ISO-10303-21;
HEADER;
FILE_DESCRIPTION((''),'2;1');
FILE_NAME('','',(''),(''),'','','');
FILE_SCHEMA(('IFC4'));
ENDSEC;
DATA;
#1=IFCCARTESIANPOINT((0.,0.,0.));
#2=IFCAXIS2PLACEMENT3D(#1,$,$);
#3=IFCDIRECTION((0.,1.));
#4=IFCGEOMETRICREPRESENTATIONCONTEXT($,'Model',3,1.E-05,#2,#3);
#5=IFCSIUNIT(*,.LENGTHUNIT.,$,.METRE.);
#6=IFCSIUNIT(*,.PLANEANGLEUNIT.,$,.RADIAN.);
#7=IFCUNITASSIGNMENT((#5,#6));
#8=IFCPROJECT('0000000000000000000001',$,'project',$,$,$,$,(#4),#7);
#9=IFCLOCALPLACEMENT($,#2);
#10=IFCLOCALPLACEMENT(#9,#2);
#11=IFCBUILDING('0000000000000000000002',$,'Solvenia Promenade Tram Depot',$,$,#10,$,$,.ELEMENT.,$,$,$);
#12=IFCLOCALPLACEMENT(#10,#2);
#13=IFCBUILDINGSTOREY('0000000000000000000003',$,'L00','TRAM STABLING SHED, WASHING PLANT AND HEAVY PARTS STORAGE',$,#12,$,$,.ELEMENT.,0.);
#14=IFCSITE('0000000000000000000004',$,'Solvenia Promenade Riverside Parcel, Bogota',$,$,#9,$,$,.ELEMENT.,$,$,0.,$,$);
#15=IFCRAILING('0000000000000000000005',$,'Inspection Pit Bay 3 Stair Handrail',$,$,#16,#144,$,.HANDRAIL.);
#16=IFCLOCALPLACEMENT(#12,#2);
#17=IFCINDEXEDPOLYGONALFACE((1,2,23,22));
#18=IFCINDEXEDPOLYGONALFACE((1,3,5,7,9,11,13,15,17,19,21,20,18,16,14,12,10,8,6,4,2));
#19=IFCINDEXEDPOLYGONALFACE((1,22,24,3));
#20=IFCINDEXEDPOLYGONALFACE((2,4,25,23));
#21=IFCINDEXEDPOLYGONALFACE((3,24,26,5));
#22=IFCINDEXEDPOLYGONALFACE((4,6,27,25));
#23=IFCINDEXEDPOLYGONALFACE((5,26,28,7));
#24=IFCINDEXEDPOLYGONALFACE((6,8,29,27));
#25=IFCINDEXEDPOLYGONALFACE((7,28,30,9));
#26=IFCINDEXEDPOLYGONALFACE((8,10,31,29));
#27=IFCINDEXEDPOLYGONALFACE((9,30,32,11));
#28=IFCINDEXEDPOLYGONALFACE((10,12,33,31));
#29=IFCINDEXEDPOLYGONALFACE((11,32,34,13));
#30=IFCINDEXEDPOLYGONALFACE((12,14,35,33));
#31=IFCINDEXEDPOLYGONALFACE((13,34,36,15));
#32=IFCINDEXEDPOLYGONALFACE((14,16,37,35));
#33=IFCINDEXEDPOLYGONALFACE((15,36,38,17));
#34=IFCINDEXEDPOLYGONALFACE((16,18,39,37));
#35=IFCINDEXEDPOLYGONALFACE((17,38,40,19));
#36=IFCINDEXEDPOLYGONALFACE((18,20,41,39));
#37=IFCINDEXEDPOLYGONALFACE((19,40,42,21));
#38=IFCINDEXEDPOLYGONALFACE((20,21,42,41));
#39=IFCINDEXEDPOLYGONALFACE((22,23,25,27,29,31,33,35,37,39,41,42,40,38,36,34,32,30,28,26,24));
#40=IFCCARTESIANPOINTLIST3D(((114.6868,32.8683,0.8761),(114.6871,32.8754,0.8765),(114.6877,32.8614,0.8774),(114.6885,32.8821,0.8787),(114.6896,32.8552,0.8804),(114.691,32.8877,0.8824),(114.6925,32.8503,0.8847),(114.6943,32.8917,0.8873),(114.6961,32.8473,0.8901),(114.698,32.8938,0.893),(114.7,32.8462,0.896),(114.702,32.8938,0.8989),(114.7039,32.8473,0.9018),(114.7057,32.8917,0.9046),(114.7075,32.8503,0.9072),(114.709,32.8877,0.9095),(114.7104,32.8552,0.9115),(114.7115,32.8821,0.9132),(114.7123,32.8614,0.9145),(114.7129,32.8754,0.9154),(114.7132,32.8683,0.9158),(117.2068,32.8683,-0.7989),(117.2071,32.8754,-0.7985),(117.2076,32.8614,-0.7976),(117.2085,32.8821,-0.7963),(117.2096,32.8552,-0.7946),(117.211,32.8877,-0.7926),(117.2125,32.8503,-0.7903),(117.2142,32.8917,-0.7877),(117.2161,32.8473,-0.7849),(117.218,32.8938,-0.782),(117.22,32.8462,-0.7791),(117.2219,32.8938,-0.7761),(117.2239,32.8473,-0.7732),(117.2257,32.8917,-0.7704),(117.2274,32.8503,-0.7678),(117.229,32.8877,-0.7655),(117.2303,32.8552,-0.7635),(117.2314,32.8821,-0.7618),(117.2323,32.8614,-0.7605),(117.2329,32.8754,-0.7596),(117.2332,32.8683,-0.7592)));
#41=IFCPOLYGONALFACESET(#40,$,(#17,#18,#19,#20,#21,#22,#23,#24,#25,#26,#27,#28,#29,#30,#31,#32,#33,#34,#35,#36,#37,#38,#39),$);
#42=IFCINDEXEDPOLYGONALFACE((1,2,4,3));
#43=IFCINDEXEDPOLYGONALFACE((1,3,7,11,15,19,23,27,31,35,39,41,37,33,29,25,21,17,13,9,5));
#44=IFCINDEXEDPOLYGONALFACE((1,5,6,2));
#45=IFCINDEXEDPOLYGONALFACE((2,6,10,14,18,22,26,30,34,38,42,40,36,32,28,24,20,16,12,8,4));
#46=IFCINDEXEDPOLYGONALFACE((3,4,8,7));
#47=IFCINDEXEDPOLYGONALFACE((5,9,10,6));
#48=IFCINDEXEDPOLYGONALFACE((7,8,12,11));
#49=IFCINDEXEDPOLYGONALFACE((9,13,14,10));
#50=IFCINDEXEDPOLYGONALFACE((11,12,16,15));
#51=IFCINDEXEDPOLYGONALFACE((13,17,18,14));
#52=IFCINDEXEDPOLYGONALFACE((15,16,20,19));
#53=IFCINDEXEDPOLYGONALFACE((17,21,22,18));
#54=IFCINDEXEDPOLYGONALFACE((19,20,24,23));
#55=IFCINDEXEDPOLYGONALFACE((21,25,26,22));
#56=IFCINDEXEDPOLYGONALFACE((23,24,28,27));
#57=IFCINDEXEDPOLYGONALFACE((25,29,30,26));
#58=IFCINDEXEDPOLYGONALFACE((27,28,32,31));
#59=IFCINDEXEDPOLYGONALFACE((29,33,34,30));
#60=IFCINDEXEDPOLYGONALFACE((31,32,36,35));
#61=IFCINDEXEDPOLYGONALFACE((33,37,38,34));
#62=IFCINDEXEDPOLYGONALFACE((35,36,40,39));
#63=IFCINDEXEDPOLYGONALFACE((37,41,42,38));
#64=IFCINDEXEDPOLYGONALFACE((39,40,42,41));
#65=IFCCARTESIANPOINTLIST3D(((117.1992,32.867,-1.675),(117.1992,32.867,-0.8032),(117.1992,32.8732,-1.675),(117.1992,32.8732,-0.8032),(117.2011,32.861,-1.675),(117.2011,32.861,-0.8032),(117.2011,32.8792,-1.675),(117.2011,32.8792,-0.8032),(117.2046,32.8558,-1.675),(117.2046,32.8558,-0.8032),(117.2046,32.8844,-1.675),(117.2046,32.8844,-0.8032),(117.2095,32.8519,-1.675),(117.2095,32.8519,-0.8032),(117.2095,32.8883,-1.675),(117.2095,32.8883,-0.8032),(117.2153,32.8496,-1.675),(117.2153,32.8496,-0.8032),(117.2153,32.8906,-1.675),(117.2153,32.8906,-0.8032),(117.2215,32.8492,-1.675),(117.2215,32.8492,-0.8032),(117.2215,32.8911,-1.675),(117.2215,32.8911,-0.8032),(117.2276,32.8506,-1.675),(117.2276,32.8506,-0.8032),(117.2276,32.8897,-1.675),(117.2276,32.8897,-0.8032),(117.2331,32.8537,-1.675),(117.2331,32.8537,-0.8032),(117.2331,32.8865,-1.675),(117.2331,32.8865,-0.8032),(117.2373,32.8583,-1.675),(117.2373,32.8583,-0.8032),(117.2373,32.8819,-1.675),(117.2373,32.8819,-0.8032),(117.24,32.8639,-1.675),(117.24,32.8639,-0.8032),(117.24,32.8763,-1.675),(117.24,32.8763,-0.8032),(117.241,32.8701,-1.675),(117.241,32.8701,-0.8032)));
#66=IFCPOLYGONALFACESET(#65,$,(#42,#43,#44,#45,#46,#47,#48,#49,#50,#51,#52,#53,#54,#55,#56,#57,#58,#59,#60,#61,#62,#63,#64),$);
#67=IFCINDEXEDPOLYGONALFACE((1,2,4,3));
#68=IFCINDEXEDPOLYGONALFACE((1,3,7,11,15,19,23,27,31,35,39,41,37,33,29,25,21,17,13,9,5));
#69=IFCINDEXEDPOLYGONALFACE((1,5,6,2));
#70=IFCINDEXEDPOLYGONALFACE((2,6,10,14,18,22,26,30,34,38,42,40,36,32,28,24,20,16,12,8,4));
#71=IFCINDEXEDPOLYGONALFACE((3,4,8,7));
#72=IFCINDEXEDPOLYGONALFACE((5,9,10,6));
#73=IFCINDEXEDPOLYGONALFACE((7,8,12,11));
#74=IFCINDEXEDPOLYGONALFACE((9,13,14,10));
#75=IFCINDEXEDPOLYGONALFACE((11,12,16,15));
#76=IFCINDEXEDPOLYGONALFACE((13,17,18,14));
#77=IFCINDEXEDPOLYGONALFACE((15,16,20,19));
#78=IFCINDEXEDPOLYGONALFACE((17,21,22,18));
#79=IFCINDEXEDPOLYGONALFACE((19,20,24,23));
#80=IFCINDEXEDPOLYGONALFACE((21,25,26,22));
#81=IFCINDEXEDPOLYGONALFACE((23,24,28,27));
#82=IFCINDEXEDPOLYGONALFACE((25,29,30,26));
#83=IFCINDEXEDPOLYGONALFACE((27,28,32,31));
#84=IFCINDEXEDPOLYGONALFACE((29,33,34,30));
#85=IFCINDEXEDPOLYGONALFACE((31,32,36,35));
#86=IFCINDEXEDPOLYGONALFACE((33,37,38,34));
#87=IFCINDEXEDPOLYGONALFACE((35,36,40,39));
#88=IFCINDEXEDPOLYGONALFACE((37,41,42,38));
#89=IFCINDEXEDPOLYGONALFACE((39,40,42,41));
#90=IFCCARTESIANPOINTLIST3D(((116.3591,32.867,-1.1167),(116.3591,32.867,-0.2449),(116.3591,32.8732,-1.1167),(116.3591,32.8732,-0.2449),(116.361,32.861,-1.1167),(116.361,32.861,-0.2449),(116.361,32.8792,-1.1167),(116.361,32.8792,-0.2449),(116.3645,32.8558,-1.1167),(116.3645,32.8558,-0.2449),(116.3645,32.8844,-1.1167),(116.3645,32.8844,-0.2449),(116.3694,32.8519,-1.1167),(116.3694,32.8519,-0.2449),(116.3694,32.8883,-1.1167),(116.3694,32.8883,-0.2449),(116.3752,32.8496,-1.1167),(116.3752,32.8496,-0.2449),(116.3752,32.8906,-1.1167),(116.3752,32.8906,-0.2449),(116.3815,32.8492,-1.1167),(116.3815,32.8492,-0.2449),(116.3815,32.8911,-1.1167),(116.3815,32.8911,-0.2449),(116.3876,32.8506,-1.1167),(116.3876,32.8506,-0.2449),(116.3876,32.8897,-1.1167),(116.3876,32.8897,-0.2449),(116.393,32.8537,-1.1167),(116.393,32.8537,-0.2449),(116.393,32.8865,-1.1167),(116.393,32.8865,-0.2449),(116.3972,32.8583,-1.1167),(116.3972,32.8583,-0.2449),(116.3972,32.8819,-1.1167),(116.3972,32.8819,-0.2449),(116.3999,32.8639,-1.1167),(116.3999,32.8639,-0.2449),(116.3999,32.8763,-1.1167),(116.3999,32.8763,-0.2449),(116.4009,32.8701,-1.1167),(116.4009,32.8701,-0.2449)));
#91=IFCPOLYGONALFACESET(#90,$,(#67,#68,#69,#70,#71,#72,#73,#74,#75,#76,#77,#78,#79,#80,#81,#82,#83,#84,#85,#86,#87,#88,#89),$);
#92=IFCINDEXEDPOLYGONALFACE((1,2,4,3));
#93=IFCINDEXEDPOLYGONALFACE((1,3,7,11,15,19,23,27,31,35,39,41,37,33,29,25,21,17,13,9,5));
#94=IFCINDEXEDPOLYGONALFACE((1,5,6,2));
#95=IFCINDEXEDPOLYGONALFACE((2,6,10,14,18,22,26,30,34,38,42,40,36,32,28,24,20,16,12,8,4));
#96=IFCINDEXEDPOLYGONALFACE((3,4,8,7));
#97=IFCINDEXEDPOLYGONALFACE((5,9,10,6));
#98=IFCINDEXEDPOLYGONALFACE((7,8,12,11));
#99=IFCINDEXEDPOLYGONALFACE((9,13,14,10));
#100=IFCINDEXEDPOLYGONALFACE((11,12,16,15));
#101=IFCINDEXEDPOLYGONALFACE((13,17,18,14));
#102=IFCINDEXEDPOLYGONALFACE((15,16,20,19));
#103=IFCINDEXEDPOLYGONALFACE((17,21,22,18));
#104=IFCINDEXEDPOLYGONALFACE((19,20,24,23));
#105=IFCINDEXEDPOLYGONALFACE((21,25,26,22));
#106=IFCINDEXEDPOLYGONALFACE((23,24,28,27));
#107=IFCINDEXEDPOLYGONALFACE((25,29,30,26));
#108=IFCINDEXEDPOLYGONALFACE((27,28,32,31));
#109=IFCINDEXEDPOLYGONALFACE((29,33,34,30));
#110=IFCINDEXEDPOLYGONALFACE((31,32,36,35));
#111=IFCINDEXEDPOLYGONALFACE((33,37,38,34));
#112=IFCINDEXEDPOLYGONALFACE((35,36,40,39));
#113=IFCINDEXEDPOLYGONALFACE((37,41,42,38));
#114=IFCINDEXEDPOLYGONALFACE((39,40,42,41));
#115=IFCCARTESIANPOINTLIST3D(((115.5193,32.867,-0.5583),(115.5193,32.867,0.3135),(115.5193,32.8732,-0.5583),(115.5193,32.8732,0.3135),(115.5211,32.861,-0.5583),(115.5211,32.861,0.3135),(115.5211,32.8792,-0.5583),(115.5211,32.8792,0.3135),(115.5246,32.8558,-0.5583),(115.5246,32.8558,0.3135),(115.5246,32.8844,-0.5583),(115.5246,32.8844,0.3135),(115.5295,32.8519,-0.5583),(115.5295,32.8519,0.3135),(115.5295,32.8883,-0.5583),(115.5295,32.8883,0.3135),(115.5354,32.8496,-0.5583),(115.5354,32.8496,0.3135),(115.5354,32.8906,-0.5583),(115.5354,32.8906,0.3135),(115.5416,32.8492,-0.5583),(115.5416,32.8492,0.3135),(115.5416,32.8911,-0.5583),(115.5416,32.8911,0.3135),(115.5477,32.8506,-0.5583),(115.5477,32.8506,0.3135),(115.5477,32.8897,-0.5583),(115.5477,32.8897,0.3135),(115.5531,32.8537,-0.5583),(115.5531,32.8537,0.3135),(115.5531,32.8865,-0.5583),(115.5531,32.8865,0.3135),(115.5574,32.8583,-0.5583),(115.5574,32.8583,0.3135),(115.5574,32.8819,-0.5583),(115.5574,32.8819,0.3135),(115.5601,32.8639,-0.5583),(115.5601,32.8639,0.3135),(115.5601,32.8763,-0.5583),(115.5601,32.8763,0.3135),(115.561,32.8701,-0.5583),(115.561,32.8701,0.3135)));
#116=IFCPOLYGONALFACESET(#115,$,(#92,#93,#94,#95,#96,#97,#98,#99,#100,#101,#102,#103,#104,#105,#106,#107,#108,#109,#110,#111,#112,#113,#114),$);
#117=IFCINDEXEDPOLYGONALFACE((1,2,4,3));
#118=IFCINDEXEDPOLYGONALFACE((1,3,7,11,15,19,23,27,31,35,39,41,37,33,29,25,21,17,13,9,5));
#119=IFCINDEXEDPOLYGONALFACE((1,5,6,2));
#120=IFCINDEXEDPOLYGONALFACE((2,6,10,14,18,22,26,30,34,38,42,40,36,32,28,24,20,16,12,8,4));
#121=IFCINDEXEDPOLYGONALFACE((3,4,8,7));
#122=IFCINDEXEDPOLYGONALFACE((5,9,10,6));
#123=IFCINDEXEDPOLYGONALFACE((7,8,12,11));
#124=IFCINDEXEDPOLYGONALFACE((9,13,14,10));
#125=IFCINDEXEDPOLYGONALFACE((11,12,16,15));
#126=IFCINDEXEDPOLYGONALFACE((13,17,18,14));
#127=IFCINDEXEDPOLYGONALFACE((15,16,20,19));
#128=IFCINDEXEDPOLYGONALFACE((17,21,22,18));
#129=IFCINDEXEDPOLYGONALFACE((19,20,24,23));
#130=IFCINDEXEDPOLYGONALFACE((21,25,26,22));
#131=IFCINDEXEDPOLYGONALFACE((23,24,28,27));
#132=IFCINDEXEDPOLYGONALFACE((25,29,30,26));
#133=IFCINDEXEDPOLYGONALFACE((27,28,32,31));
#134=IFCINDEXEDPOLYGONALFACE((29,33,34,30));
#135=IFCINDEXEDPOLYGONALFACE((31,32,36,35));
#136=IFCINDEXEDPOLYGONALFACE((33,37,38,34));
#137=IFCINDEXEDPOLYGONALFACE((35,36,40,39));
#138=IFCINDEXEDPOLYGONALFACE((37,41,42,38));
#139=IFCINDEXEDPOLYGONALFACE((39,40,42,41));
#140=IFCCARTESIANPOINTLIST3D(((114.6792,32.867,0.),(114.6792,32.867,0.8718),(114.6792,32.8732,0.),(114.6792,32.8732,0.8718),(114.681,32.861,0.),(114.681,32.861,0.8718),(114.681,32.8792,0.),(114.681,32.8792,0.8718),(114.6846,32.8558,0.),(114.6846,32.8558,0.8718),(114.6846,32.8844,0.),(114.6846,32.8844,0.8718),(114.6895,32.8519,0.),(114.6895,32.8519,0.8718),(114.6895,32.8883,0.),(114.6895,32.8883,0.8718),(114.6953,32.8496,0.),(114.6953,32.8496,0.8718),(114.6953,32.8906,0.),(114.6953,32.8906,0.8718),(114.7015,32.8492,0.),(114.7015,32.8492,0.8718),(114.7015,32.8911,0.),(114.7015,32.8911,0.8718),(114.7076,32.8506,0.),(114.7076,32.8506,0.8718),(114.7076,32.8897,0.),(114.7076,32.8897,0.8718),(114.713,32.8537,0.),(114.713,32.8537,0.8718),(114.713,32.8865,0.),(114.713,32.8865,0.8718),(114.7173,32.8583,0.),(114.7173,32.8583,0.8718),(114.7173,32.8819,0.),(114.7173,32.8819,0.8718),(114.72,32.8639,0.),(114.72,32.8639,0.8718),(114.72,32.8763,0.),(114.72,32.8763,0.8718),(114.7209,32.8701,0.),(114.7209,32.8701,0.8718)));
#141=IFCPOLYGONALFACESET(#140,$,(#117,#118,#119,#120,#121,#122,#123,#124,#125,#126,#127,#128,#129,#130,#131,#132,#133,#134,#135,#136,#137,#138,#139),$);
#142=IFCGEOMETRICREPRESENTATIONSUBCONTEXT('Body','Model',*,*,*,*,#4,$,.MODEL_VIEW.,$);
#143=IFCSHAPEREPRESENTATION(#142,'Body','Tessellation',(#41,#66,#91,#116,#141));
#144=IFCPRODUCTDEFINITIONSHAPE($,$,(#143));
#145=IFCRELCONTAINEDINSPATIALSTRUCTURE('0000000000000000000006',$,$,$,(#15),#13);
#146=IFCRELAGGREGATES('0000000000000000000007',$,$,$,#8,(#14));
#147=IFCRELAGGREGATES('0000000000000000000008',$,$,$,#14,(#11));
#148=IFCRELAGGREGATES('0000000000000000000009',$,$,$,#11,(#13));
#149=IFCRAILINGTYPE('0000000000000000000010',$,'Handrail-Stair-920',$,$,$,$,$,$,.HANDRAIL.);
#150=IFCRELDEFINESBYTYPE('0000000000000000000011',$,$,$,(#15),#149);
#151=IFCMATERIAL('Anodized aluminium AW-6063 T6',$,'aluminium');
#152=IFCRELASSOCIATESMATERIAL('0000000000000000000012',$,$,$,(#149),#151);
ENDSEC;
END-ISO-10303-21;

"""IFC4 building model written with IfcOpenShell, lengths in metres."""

from ifc_helpers import new_model, si_unit, direction, frame, origin, origin_2d, place, context, subcontext, project, spatial, circle, extrude, material, type_object, element, save


model = new_model("IFC4")

# Units and contexts
model_context = context("Model", 3, precision=1e-05, world=origin(), true_north=direction((0.0, 1.0)))
body_context = subcontext(model_context, "Body", "Model", "MODEL_VIEW")
ifc_project = project(units=[si_unit("LENGTHUNIT", "METRE"), si_unit("PLANEANGLEUNIT", "RADIAN")], contexts=[model_context])

# Site, building, storey
site_placement = place(None, origin())
site = spatial("IfcSite", under=ifc_project, at=site_placement, Name="Solvenia Promenade Riverside Parcel, Bogota", CompositionType="ELEMENT", RefElevation=0.0)
building_placement = place(site_placement, origin())
building = spatial("IfcBuilding", under=site, at=building_placement, Name="Solvenia Promenade Tram Depot", CompositionType="ELEMENT")
storey_placement = place(building_placement, origin())
storey = spatial("IfcBuildingStorey", under=building, at=storey_placement, Name="L00", Description="TRAM STABLING SHED, WASHING PLANT AND HEAVY PARTS STORAGE", CompositionType="ELEMENT", Elevation=0.0)

# Railing
ifc_material_1 = material(Name="Anodized aluminium AW-6063 T6", Category="aluminium")
railing_type_1 = type_object("IfcRailingType", Name="Handrail-Stair-920", PredefinedType="HANDRAIL", material=ifc_material_1)
for number, where, name in (
    (1, (117.22, 32.8701, -1.675), "Inspection Pit Bay 3 Stair Handrail"),
):
    element("IfcRailing", number, at=place(storey_placement, frame(where)), inside=storey, type_object=railing_type_1, Name=name, PredefinedType="HANDRAIL", context=body_context, shape_type="SweptSolid", body=[
        extrude(circle(Radius=0.0239, at=origin_2d()), frame((0.0, 0.0, 0.896), z_axis=(-0.832807, 0.0, 0.553564), x_axis=(0.0, -1.0, 0.0)), (0.0, 0.0, 1.0), 3.0259),
        extrude(circle(Radius=0.021, at=origin_2d()), origin(), (0.0, 0.0, 1.0), 0.8718),
        extrude(circle(Radius=0.021, at=origin_2d()), frame((-0.8401, 0.0, 0.5583)), (0.0, 0.0, 1.0), 0.8718),
        extrude(circle(Radius=0.021, at=origin_2d()), frame((-1.6799, 0.0, 1.1167)), (0.0, 0.0, 1.0), 0.8718),
        extrude(circle(Radius=0.021, at=origin_2d()), frame((-2.52, 0.0, 1.675)), (0.0, 0.0, 1.0), 0.8718),
    ])

save(model, "model.ifc")
